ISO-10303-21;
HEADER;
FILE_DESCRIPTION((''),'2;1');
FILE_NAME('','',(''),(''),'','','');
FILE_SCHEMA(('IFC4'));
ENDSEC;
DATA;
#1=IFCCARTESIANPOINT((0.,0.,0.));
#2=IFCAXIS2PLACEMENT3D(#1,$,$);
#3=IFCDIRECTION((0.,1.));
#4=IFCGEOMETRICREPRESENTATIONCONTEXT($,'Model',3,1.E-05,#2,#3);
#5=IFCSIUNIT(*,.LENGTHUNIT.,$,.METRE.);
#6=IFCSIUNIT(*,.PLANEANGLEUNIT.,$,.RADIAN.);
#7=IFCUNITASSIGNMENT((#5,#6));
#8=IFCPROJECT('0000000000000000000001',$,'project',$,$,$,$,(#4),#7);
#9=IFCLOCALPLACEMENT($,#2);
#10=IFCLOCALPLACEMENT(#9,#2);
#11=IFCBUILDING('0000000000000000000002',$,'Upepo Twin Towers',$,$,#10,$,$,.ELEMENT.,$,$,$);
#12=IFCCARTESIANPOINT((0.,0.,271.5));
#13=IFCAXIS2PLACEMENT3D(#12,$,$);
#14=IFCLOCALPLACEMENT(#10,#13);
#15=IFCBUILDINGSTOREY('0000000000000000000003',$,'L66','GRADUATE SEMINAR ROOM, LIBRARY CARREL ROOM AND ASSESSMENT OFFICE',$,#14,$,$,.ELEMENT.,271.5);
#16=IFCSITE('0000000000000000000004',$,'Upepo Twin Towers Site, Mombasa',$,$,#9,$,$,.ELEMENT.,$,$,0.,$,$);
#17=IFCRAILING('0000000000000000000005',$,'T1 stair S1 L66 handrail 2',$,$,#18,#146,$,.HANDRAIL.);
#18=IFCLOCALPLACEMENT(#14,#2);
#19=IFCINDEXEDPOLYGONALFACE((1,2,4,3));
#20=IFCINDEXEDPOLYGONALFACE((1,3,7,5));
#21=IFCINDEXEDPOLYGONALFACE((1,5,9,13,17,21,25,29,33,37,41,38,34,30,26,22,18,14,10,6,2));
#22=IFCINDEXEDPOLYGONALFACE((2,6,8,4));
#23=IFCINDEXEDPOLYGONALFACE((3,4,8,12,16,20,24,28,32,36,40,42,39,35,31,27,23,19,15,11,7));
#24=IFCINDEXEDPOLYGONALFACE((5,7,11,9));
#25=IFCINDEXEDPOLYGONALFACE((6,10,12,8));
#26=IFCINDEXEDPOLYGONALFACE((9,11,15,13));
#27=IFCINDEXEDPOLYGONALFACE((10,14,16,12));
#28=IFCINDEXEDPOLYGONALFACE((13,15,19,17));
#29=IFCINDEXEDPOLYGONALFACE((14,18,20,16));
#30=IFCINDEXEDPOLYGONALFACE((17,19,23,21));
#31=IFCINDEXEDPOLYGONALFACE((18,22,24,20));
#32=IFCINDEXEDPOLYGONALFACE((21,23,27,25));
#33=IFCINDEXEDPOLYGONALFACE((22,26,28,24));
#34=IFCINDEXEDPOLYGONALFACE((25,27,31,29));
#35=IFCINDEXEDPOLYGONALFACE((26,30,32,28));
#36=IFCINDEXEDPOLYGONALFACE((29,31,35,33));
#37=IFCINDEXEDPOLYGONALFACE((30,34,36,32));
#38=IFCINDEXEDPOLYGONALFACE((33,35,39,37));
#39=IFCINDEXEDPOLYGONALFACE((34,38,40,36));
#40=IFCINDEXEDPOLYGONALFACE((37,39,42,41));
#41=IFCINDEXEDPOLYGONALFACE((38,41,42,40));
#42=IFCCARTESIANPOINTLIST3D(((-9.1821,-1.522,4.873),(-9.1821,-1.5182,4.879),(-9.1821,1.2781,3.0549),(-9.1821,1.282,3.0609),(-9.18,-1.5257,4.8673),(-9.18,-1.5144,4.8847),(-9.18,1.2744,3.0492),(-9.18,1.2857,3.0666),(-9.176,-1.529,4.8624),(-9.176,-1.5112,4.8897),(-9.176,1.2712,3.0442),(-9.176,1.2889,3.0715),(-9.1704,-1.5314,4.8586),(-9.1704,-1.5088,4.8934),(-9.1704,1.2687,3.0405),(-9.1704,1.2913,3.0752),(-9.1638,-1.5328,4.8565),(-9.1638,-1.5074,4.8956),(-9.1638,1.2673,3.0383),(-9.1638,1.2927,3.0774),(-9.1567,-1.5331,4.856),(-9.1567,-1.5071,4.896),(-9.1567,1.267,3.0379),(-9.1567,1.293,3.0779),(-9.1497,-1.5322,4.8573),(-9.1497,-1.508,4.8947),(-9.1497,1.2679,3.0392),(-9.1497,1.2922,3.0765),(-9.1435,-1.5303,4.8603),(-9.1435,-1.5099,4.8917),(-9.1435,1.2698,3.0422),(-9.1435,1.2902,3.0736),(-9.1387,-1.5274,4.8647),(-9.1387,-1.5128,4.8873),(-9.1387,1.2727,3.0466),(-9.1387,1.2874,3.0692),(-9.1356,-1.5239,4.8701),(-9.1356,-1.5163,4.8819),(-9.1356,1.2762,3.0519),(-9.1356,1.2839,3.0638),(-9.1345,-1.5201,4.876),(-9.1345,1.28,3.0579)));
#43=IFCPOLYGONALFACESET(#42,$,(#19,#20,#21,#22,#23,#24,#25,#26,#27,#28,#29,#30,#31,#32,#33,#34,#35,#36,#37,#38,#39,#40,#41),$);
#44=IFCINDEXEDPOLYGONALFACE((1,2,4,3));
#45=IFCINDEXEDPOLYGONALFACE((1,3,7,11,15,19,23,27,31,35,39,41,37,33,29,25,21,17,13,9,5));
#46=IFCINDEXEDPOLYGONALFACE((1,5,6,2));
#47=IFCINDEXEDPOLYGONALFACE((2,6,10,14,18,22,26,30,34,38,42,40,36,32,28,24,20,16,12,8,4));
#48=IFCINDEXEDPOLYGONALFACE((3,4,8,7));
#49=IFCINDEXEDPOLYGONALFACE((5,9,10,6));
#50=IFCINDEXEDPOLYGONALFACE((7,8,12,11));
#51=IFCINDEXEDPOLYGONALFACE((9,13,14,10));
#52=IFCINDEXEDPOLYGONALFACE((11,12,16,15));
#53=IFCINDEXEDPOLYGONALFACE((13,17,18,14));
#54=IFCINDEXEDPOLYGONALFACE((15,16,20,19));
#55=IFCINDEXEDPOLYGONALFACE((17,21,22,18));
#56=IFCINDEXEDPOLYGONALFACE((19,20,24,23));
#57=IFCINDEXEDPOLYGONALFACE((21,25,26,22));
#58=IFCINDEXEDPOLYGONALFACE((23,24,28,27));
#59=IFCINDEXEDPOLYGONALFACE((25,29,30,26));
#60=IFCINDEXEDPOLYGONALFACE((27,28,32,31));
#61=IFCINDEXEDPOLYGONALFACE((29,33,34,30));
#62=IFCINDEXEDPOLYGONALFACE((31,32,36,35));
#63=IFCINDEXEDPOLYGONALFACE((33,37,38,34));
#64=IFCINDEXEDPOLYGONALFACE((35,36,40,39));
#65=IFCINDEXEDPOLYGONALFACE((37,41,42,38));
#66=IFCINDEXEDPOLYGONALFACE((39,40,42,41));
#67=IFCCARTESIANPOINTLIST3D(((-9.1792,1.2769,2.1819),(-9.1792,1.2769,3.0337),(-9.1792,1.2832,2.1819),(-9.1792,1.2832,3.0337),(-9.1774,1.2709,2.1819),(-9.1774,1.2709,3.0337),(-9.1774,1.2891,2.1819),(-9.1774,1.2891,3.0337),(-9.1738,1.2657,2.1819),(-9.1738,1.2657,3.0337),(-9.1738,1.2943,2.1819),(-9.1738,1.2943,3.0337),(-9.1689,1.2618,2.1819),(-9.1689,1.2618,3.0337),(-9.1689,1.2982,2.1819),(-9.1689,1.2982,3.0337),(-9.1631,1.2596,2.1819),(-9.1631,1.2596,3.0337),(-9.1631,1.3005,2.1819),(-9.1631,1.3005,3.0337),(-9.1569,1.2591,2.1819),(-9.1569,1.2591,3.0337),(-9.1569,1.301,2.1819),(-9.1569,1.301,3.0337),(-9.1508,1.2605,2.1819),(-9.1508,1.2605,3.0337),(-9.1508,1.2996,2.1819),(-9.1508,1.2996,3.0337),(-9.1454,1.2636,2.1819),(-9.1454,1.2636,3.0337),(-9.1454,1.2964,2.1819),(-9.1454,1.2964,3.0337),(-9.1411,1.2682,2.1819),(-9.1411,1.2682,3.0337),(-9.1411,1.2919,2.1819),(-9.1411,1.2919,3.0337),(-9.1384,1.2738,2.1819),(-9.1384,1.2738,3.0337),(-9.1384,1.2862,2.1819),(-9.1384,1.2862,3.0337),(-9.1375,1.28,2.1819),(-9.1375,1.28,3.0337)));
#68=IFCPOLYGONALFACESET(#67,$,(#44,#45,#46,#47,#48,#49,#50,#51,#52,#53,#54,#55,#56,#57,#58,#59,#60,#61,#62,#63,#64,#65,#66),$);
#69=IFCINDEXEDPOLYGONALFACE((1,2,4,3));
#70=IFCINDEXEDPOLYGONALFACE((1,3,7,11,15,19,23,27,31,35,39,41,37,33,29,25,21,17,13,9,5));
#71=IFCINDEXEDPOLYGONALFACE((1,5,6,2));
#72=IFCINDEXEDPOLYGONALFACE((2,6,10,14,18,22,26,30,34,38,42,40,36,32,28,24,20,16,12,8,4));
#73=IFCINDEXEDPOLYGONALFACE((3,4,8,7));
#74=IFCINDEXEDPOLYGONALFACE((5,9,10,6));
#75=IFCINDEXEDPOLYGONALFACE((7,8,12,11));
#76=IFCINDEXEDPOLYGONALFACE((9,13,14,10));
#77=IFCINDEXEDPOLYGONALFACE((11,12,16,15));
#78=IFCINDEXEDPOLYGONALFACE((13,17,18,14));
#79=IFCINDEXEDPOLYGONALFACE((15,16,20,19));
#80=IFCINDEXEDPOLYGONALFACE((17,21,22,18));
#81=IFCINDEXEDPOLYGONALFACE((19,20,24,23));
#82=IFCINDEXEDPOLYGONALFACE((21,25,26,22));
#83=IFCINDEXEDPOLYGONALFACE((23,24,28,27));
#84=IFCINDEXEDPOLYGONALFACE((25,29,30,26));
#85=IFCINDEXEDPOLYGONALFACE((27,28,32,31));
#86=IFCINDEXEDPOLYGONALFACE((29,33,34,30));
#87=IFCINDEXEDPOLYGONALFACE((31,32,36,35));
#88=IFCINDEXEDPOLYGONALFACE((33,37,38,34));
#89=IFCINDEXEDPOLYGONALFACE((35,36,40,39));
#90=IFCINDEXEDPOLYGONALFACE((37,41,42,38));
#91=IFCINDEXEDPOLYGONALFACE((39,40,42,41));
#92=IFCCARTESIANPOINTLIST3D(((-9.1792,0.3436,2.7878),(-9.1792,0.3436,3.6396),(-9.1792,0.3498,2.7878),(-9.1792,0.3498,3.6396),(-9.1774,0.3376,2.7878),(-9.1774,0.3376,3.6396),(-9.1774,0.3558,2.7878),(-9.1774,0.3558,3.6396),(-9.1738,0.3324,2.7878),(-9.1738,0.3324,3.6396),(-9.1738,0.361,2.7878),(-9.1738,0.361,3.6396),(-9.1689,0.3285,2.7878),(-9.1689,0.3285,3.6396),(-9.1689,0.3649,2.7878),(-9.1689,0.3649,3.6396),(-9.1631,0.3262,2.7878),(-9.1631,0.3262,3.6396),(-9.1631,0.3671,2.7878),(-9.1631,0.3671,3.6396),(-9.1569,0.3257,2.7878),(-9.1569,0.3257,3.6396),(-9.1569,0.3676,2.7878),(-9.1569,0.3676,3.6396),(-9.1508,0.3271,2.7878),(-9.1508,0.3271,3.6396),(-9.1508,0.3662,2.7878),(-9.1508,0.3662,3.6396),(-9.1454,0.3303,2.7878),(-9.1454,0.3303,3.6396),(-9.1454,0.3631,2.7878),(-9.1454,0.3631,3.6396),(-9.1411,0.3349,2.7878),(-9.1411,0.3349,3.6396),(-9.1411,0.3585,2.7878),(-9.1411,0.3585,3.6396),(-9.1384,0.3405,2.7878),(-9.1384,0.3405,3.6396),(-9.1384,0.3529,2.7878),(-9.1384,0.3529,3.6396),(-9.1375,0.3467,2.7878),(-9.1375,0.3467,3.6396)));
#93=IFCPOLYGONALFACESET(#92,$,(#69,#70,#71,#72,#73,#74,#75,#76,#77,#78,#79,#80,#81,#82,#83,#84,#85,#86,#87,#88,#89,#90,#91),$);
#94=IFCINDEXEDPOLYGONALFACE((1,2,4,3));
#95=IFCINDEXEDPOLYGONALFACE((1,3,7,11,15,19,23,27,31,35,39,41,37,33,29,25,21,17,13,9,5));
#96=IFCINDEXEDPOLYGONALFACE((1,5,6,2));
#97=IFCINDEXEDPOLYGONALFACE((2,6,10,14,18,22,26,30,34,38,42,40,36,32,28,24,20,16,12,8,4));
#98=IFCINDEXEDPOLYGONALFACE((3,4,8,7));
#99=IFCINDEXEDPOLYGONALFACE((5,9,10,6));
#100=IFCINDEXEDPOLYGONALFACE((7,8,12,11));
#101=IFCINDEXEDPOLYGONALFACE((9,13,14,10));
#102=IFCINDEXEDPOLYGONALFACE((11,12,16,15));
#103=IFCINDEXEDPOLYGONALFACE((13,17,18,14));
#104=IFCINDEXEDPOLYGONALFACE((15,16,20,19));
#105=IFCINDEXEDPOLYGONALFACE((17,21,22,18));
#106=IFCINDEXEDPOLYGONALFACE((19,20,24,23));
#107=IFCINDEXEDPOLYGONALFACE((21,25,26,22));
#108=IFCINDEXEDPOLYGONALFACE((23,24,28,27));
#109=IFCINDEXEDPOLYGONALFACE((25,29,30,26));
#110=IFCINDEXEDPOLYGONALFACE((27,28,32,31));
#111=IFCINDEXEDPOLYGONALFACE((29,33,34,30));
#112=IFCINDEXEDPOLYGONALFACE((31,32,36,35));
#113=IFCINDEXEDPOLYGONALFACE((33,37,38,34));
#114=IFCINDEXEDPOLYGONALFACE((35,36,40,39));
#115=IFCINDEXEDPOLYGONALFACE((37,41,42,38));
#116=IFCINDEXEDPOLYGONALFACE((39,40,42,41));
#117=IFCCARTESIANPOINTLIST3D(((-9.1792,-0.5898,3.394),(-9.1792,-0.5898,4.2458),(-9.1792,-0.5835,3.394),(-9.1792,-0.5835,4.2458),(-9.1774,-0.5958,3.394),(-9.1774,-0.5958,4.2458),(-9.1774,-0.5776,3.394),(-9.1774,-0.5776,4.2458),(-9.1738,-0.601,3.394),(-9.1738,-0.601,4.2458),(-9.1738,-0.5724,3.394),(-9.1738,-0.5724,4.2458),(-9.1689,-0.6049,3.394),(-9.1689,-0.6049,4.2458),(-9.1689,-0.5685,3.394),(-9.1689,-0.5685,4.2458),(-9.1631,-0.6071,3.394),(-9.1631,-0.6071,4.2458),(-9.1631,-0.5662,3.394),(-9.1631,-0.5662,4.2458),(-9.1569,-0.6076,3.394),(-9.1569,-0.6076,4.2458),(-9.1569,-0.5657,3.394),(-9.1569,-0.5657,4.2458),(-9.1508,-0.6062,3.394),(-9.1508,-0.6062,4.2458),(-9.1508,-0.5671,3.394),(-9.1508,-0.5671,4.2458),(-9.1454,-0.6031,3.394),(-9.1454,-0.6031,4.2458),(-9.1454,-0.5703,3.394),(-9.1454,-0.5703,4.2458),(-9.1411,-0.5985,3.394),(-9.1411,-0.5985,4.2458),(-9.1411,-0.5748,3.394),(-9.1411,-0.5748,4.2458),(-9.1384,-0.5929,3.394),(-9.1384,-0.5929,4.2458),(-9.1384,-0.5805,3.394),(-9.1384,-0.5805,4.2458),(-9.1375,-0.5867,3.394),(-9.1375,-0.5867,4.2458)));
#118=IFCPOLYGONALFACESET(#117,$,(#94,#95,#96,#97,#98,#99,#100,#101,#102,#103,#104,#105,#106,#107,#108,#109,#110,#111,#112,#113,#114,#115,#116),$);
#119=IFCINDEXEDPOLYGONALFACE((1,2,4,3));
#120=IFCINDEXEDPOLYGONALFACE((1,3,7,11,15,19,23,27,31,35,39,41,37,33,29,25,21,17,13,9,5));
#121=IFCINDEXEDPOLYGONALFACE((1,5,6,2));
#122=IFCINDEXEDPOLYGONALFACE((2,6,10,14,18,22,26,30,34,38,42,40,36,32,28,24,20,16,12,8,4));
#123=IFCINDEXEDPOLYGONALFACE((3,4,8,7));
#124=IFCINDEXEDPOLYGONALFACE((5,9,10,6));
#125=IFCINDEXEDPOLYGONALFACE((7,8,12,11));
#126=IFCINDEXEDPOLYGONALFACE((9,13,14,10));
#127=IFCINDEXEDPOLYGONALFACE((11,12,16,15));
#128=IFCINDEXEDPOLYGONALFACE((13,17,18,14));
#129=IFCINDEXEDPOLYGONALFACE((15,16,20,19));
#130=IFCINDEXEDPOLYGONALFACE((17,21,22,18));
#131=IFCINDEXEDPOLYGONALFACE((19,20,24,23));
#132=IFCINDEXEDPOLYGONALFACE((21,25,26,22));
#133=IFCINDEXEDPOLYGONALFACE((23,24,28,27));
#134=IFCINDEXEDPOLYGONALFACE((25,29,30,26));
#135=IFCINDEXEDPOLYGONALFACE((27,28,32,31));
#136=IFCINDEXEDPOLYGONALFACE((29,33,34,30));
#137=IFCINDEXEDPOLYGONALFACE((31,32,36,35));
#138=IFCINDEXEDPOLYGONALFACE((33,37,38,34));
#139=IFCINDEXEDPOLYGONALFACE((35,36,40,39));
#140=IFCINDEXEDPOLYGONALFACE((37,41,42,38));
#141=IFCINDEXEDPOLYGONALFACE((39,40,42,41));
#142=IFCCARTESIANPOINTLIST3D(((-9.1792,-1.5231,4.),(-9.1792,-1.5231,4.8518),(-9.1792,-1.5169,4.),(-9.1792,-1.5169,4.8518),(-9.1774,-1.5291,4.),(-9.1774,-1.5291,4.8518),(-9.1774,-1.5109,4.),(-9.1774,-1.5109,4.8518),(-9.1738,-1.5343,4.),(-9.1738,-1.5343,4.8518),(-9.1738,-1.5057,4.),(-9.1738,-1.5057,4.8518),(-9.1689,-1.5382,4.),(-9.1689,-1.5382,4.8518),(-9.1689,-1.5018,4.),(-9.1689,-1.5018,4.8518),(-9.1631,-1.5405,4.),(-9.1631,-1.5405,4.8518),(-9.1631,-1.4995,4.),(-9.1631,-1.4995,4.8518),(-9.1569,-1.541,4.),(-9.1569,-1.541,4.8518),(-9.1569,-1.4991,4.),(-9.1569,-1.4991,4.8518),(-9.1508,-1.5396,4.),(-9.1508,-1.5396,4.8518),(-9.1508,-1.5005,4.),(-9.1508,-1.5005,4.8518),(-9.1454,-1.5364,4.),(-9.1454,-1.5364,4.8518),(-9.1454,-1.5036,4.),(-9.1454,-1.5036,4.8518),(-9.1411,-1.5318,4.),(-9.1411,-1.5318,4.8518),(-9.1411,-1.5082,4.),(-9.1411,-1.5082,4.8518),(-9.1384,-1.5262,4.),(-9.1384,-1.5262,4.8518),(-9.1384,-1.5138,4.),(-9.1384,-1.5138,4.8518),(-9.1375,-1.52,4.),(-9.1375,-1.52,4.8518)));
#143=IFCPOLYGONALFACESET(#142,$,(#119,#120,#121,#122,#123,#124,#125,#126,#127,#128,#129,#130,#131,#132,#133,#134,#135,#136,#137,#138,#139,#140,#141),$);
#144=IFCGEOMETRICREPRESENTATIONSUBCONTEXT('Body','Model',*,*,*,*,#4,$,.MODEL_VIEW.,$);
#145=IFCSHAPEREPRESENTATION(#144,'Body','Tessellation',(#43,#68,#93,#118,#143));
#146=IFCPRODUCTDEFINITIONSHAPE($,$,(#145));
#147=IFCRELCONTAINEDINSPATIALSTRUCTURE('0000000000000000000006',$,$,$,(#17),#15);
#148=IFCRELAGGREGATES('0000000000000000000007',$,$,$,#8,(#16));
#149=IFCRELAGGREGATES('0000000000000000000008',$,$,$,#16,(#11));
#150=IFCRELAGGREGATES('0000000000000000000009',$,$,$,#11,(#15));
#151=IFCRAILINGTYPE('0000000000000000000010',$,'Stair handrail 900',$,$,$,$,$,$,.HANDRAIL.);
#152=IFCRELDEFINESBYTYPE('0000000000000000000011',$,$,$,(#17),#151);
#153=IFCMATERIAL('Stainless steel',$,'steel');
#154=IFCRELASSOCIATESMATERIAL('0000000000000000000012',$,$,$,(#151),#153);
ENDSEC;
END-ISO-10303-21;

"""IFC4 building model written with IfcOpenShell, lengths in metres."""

from ifc_helpers import new_model, si_unit, direction, frame, origin, origin_2d, place, context, subcontext, project, spatial, circle, extrude, material, type_object, element, save


model = new_model("IFC4")

# Units and contexts
model_context = context("Model", 3, precision=1e-05, world=origin(), true_north=direction((0.0, 1.0)))
body_context = subcontext(model_context, "Body", "Model", "MODEL_VIEW")
ifc_project = project(units=[si_unit("LENGTHUNIT", "METRE"), si_unit("PLANEANGLEUNIT", "RADIAN")], contexts=[model_context])

# Site, building, storey
site_placement = place(None, origin())
site = spatial("IfcSite", under=ifc_project, at=site_placement, Name="Upepo Twin Towers Site, Mombasa", CompositionType="ELEMENT", RefElevation=0.0)
building_placement = place(site_placement, origin())
building = spatial("IfcBuilding", under=site, at=building_placement, Name="Upepo Twin Towers", CompositionType="ELEMENT")
storey_placement = place(building_placement, frame((0.0, 0.0, 271.5)))
storey = spatial("IfcBuildingStorey", under=building, at=storey_placement, Name="L66", Description="GRADUATE SEMINAR ROOM, LIBRARY CARREL ROOM AND ASSESSMENT OFFICE", CompositionType="ELEMENT", Elevation=271.5)

# Railing
ifc_material_1 = material(Name="Stainless steel", Category="steel")
railing_type = type_object("IfcRailingType", Name="Stair handrail 900", PredefinedType="HANDRAIL", material=ifc_material_1)
railing_placement = place(storey_placement, frame((-9.1584, 1.28, 2.1819)))
element("IfcRailing", 1, at=railing_placement, inside=storey, type_object=railing_type, Name="T1 stair S1 L66 handrail 2", PredefinedType="HANDRAIL", context=body_context, shape_type="SweptSolid", body=[
    extrude(circle(Radius=0.0239, at=origin_2d()), frame((0.0, 0.0, 0.876), z_axis=(0.0, -0.838706, 0.544585), x_axis=(1.0, 0.0, 0.0)), (0.0, 0.0, 1.0), 3.3386),
    extrude(circle(Radius=0.021, at=origin_2d()), origin(), (0.0, 0.0, 1.0), 0.8518),
    extrude(circle(Radius=0.021, at=origin_2d()), frame((0.0, -0.9333, 0.606)), (0.0, 0.0, 1.0), 0.8518),
    extrude(circle(Radius=0.021, at=origin_2d()), frame((0.0, -1.8667, 1.2122)), (0.0, 0.0, 1.0), 0.8518),
    extrude(circle(Radius=0.021, at=origin_2d()), frame((0.0, -2.8, 1.8181)), (0.0, 0.0, 1.0), 0.8518),
])

save(model, "model.ifc")
